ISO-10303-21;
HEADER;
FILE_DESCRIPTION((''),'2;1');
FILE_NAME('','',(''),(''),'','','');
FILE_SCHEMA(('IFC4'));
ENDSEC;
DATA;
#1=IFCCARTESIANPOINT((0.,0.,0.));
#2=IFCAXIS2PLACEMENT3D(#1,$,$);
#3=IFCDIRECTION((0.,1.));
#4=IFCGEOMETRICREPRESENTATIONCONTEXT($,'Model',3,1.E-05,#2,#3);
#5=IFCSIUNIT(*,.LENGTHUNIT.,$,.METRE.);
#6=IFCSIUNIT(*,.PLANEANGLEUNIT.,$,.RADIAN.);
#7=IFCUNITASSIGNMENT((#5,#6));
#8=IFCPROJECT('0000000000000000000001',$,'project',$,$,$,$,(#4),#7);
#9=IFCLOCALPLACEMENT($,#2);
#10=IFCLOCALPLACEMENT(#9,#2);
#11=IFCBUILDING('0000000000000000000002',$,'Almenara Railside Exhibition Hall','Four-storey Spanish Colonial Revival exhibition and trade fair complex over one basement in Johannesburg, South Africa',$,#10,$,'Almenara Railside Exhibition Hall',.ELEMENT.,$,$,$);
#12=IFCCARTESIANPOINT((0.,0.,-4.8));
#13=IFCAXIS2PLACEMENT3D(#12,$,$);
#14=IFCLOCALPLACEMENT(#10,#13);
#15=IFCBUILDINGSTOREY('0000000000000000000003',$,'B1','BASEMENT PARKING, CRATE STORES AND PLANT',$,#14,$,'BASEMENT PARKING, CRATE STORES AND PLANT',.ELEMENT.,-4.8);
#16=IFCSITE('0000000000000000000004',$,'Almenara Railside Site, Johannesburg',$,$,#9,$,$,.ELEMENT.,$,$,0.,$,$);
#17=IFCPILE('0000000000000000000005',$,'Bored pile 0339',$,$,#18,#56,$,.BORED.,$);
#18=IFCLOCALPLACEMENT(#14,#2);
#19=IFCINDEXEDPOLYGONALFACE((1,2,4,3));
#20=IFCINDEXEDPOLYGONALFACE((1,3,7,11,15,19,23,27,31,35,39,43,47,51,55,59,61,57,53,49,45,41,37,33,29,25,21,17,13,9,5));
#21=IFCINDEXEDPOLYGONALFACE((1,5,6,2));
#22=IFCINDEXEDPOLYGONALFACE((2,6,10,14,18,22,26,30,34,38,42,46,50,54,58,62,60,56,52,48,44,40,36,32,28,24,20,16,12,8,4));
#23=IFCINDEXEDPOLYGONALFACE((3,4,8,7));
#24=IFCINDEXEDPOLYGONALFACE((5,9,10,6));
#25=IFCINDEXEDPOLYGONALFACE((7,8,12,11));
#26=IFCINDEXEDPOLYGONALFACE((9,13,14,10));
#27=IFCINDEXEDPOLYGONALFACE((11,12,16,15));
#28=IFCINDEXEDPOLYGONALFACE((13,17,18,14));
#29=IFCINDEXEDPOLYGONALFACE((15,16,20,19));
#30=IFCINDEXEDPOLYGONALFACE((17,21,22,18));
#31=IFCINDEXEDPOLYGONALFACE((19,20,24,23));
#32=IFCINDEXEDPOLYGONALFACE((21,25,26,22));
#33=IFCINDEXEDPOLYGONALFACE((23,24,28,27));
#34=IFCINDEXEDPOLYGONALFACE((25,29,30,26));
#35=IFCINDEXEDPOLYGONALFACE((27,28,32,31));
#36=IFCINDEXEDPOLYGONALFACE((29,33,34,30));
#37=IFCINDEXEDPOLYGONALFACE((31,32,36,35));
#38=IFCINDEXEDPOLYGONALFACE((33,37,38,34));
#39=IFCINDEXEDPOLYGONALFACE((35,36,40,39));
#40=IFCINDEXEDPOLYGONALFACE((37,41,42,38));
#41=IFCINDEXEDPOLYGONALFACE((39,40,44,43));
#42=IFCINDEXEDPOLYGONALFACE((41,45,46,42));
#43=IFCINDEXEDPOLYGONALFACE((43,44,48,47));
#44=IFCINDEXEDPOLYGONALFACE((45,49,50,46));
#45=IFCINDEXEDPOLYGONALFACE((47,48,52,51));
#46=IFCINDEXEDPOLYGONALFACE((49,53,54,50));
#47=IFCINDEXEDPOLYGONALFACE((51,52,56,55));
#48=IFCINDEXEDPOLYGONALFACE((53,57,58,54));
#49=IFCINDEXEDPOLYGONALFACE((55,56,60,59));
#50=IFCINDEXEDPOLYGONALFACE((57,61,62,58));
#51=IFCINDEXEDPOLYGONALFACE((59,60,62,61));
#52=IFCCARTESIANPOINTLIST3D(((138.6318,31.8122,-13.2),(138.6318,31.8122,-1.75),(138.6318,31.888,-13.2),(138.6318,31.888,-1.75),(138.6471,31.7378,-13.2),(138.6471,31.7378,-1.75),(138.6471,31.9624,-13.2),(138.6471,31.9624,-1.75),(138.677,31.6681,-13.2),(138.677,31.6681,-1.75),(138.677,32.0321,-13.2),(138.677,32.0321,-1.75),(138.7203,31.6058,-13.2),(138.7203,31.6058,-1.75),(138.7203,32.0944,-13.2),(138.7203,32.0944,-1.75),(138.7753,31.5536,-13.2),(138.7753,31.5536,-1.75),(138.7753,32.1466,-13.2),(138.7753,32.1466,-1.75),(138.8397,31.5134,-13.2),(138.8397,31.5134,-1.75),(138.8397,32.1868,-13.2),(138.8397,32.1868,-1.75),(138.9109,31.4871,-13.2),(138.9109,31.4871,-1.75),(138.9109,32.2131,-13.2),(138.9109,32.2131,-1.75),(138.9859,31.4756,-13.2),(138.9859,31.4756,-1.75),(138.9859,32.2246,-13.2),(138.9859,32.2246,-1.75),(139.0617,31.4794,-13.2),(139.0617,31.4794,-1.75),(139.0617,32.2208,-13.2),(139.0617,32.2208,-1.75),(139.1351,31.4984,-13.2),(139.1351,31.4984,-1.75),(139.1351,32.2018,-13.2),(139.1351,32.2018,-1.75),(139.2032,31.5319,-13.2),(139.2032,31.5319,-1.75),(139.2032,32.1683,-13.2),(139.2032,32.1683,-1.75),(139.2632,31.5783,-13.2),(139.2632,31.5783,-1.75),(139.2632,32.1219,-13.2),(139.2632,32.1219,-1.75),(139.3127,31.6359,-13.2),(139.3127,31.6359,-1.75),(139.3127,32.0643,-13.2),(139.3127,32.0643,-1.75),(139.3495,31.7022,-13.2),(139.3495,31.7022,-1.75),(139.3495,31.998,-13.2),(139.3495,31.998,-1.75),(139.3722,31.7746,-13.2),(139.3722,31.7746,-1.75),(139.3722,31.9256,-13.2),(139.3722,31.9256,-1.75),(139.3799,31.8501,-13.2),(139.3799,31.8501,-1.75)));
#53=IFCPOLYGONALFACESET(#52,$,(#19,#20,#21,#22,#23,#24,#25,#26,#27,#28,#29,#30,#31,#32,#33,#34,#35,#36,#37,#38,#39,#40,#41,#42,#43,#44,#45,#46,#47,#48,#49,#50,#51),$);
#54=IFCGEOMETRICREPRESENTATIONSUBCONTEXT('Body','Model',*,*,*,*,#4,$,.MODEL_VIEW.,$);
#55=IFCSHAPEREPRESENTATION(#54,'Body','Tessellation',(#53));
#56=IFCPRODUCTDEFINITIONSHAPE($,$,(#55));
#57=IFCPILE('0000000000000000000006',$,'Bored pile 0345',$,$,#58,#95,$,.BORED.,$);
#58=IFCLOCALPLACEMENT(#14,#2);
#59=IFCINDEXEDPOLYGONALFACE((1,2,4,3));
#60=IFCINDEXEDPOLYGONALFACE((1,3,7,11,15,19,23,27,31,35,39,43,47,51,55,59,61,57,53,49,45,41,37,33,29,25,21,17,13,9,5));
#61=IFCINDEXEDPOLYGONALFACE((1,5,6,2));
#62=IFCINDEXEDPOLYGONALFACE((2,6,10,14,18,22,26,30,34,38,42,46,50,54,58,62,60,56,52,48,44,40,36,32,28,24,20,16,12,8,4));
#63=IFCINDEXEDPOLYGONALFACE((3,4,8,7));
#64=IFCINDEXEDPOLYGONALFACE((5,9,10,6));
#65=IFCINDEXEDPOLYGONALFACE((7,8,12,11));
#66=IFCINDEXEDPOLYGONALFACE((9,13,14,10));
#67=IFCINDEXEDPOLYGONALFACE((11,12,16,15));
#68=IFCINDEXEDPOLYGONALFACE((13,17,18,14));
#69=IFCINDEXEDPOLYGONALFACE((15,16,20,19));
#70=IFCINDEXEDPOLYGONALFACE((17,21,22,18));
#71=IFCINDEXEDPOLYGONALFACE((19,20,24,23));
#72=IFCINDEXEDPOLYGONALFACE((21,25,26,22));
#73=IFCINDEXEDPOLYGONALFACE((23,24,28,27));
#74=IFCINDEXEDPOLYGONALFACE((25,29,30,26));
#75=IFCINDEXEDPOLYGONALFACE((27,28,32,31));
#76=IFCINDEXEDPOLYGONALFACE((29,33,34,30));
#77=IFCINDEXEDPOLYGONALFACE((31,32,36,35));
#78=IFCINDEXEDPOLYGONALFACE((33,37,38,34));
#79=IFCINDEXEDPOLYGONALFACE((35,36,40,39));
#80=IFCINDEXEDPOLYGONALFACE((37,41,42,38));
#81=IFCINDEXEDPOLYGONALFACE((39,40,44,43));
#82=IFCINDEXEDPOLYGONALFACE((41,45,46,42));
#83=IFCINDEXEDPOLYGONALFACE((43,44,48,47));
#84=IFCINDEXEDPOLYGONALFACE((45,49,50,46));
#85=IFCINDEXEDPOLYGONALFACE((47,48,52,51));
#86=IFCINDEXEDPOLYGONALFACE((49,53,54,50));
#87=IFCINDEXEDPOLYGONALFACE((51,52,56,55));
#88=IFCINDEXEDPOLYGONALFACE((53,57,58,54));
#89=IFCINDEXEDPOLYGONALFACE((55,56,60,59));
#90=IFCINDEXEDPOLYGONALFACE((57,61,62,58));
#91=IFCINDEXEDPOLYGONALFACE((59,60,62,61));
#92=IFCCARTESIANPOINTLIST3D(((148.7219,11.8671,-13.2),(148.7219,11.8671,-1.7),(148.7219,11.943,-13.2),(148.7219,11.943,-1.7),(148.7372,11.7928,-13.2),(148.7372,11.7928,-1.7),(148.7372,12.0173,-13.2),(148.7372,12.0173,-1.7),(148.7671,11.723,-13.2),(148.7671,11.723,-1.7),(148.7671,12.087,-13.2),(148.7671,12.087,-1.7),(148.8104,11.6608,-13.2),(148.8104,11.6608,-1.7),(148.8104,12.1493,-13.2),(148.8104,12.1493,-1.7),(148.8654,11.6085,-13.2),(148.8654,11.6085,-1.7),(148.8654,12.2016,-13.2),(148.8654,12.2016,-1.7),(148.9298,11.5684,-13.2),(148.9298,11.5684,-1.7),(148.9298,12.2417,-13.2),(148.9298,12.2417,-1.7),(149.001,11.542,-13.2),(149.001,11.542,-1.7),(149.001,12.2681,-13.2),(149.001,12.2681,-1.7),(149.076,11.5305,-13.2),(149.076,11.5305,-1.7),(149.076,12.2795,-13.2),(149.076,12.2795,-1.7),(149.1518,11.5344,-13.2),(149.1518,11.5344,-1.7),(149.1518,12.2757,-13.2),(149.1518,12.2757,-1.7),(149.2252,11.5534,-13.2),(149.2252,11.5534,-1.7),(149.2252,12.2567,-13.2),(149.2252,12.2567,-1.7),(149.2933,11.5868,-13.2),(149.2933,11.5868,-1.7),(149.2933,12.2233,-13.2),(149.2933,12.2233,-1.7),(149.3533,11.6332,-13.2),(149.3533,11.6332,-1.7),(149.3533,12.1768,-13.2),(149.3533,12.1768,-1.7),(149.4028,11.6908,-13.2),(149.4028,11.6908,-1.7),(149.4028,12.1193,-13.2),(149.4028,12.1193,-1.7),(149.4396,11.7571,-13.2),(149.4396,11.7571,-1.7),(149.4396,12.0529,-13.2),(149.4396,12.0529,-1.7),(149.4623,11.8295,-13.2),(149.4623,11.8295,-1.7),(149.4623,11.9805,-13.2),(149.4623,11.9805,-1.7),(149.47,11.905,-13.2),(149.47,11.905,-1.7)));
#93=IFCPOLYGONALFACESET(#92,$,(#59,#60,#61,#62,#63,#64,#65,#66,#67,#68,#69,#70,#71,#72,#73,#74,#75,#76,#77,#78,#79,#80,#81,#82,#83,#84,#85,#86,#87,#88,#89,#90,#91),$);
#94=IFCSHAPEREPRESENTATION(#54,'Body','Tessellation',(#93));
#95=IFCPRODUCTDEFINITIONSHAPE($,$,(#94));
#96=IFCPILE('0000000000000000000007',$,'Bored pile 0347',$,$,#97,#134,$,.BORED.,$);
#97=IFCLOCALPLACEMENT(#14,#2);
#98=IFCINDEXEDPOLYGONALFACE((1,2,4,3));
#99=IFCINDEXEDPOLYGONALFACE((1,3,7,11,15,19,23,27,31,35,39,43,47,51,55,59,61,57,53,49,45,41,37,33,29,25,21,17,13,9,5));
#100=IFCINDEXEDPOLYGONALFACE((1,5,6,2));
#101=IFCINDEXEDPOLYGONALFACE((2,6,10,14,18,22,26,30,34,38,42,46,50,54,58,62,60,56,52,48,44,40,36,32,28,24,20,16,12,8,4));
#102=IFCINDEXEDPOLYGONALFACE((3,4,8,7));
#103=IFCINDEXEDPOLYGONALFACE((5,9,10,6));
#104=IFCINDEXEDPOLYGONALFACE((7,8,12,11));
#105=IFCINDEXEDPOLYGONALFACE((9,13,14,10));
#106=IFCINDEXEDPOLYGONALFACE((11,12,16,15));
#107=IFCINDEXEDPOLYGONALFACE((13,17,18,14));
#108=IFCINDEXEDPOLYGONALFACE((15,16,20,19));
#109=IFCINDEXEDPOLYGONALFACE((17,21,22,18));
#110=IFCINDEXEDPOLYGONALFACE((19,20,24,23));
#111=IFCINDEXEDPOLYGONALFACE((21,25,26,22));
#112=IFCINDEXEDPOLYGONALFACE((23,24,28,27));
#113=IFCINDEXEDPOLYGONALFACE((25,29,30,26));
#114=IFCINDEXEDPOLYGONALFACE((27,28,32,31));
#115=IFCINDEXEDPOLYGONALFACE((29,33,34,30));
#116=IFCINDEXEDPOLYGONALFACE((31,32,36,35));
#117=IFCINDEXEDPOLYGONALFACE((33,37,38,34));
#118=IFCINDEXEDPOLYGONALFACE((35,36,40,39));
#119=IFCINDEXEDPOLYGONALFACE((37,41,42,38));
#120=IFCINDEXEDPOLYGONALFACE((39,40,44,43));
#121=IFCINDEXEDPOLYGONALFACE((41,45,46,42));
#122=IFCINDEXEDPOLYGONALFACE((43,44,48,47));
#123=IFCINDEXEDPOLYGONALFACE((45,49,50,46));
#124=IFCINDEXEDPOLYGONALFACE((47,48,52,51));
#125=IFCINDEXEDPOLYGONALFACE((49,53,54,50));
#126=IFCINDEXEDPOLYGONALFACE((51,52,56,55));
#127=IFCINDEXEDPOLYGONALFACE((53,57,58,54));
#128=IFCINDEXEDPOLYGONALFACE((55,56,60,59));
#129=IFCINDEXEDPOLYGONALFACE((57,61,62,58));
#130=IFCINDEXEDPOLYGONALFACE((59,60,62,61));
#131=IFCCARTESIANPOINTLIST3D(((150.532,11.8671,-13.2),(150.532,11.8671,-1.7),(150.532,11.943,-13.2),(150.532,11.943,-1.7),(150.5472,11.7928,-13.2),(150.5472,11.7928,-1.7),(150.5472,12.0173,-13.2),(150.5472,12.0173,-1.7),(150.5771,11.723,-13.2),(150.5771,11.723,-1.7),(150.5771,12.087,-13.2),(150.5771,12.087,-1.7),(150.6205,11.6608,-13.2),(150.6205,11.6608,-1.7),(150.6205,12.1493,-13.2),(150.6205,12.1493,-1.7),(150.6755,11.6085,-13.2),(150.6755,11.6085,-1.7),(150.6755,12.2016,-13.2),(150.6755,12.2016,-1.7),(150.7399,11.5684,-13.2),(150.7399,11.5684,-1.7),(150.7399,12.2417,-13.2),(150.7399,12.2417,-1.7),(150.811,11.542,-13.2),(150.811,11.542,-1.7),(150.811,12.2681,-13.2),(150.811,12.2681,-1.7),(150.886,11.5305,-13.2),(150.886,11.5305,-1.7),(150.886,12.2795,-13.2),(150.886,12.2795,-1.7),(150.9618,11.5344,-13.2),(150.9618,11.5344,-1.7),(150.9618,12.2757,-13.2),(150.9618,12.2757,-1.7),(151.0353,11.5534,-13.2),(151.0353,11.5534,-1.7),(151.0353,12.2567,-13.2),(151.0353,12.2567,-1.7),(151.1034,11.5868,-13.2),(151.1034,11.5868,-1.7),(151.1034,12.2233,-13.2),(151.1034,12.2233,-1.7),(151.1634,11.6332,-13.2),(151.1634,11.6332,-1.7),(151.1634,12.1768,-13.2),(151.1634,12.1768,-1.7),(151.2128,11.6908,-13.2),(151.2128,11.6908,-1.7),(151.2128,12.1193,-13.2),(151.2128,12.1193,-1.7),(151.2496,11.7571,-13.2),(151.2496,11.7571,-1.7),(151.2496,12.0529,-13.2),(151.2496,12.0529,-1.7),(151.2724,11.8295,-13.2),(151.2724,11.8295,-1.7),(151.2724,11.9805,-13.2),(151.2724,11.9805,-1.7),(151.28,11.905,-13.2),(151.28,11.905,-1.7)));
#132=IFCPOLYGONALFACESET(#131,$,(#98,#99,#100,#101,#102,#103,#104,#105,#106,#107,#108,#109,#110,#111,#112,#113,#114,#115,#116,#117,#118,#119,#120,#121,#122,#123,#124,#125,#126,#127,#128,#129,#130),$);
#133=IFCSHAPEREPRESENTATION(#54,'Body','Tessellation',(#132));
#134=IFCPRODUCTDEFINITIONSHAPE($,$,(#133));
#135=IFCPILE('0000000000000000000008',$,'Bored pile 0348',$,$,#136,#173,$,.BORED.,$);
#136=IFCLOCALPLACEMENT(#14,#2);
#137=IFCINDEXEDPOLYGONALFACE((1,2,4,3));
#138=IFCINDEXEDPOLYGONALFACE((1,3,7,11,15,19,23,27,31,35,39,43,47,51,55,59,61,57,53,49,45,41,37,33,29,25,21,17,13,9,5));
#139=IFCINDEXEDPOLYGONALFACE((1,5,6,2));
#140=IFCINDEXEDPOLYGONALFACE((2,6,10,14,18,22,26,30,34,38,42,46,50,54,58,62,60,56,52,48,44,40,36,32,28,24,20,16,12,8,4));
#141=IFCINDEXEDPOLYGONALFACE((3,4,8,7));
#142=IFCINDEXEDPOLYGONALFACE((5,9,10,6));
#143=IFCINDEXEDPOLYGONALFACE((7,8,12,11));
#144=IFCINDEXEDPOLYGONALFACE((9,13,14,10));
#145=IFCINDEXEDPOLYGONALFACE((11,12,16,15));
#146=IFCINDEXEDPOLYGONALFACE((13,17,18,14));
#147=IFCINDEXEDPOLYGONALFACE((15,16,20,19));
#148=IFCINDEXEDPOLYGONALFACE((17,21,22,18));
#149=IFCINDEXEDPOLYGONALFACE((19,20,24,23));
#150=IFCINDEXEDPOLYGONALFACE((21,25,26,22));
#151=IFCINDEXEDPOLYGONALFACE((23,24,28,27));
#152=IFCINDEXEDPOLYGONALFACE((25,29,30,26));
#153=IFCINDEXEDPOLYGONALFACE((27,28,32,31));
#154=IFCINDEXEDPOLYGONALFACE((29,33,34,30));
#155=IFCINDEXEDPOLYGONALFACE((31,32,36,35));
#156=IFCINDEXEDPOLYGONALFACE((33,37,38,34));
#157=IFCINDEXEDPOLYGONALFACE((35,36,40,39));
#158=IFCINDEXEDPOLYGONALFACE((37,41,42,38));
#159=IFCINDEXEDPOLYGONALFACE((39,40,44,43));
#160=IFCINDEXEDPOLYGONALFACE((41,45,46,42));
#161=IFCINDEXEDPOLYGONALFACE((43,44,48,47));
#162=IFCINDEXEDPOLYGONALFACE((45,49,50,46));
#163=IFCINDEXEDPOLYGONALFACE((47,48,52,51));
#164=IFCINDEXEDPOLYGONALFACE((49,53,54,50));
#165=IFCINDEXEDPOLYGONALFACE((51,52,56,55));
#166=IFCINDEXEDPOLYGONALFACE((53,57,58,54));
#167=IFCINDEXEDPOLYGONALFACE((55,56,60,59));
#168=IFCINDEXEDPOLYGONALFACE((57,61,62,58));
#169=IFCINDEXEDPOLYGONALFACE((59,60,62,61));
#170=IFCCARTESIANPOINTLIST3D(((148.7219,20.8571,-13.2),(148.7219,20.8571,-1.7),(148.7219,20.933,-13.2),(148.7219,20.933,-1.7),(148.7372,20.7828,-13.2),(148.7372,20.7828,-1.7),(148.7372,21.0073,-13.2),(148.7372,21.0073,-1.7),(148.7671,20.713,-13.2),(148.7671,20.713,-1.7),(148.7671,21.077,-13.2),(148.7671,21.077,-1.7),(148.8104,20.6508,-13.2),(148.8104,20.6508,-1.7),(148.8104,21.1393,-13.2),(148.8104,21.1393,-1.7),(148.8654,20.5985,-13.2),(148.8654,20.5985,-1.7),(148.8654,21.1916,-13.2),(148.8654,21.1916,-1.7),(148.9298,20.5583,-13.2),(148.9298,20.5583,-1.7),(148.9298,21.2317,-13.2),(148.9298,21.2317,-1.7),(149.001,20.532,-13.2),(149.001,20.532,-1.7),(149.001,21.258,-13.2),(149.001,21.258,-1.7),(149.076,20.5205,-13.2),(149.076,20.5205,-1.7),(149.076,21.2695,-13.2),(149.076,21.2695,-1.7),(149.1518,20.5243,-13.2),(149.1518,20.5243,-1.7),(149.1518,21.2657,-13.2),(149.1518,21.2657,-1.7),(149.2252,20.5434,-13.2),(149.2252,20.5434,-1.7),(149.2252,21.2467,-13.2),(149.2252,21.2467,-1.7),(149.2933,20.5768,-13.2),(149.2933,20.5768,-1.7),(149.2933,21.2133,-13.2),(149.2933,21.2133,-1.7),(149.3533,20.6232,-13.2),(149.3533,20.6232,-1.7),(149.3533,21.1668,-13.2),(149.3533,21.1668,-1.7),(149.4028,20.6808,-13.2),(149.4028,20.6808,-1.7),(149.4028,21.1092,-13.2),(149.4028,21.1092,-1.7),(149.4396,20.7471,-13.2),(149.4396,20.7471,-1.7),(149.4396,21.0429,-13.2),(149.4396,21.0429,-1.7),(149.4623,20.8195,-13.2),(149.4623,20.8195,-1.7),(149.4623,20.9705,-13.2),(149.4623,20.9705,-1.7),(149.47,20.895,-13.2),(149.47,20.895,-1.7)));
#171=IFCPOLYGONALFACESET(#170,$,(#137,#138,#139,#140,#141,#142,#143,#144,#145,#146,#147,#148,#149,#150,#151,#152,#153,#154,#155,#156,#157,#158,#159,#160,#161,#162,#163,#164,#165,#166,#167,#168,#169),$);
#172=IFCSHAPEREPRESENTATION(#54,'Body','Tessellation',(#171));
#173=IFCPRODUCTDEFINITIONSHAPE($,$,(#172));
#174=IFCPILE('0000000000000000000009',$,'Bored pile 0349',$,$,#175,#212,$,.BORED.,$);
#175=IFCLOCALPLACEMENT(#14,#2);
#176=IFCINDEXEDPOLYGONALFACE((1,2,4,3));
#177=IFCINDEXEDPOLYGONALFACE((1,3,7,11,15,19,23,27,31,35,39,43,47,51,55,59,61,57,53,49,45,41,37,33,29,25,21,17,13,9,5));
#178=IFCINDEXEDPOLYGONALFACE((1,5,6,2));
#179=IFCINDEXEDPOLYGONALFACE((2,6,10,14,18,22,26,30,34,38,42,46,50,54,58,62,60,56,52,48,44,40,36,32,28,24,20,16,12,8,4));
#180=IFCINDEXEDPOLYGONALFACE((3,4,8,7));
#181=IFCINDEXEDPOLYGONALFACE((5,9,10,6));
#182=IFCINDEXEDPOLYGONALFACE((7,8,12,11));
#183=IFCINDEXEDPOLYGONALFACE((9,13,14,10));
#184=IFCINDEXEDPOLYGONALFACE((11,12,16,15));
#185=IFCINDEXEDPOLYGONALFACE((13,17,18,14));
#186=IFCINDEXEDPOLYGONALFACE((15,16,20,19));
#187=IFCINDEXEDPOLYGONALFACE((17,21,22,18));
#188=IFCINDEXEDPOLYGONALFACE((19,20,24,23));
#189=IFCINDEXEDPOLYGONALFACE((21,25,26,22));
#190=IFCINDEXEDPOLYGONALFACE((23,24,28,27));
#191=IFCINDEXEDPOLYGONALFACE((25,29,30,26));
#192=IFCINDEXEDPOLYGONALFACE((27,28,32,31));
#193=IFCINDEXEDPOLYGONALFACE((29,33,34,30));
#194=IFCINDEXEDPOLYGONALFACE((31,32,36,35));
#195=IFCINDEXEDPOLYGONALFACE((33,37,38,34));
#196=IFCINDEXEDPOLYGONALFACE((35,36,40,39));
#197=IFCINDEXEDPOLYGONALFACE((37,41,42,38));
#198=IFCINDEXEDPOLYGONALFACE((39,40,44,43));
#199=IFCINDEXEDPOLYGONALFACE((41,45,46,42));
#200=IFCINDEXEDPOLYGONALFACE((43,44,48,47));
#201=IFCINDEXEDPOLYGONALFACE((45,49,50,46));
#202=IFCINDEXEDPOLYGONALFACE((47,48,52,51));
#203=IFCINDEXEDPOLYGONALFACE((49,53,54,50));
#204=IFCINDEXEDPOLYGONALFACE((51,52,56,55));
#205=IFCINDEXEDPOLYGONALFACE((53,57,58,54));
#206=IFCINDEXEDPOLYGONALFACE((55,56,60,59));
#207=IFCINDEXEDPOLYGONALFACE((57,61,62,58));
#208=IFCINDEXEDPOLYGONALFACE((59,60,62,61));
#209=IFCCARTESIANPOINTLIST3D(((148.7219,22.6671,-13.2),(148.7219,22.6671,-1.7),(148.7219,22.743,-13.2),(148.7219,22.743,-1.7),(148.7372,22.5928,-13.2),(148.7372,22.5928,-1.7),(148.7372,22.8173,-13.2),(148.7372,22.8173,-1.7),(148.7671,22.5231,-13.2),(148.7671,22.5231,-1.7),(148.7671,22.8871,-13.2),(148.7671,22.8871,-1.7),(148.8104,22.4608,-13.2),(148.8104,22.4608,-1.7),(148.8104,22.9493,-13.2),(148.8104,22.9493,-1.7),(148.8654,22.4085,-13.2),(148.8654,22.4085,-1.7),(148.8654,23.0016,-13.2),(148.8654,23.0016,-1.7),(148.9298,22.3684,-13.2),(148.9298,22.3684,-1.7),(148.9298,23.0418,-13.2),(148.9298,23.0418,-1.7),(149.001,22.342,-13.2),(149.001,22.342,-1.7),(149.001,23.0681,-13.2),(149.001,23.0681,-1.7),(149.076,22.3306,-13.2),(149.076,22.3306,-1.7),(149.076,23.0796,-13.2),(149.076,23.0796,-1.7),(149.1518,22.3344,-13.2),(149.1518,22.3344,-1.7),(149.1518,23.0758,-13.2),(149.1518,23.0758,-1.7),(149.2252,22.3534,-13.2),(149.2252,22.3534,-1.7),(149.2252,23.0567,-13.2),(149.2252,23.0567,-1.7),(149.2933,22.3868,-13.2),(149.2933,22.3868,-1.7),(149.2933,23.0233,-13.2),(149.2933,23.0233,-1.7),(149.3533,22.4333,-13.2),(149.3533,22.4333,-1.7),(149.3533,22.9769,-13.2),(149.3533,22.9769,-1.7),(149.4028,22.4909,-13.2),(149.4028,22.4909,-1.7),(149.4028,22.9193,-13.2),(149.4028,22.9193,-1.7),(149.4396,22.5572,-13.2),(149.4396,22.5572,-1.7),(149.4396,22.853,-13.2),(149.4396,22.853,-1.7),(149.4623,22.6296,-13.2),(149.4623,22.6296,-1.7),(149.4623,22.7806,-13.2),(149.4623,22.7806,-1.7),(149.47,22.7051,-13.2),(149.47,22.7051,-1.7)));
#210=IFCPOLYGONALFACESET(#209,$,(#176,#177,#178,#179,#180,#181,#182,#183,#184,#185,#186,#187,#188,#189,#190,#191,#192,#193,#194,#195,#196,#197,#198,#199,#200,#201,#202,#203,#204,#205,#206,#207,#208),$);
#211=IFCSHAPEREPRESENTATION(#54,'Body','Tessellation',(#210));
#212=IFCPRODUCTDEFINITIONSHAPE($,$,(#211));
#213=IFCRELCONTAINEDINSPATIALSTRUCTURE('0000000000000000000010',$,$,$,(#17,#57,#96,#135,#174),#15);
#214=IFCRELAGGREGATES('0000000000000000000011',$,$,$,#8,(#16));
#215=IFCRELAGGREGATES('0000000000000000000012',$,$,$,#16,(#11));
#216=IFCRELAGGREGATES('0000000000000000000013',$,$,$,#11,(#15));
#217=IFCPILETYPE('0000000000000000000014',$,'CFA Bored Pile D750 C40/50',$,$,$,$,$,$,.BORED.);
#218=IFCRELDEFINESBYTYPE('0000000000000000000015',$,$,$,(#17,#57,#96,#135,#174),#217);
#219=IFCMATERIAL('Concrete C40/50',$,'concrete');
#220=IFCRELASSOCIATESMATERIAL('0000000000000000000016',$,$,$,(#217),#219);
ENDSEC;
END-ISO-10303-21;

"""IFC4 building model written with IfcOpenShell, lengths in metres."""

from ifc_helpers import new_model, si_unit, direction, frame, origin, origin_2d, place, context, subcontext, project, spatial, circle, extrude, material, material_profile, profile_set, type_object, element, save


model = new_model("IFC4")

# Units and contexts
model_context = context("Model", 3, precision=1e-05, world=origin(), true_north=direction((0.0, 1.0)))
body_context = subcontext(model_context, "Body", "Model", "MODEL_VIEW")
ifc_project = project(units=[si_unit("LENGTHUNIT", "METRE"), si_unit("PLANEANGLEUNIT", "RADIAN")], contexts=[model_context])

# Site, building, storey
site_placement = place(None, origin())
site = spatial("IfcSite", under=ifc_project, at=site_placement, Name="Almenara Railside Site, Johannesburg", CompositionType="ELEMENT", RefElevation=0.0)
building_placement = place(site_placement, origin())
building = spatial("IfcBuilding", under=site, at=building_placement, Name="Almenara Railside Exhibition Hall", Description="Four-storey Spanish Colonial Revival exhibition and trade fair complex over one basement in Johannesburg, South Africa", LongName="Almenara Railside Exhibition Hall", CompositionType="ELEMENT")
storey_placement = place(building_placement, frame((0.0, 0.0, -4.8)))
storey = spatial("IfcBuildingStorey", under=building, at=storey_placement, Name="B1", Description="BASEMENT PARKING, CRATE STORES AND PLANT", LongName="BASEMENT PARKING, CRATE STORES AND PLANT", CompositionType="ELEMENT", Elevation=-4.8)

# Piles
ifc_material_1 = material(Name="Concrete C40/50", Category="concrete")
ifc_material_profile_1 = material_profile(ifc_material_1, circle(Radius=0.375, at=origin_2d()), Name="CFA-PILE D750")
ifc_profile_set_1 = profile_set([ifc_material_profile_1], Name="Concrete C40/50")
pile_type = type_object("IfcPileType", Name="CFA Bored Pile D750 C40/50", PredefinedType="BORED", material=ifc_profile_set_1)
pile_1_placement = place(storey_placement, frame((139.0049, 31.8501, -1.75), z_axis=(0.0, 0.0, -1.0), x_axis=(1.0, 0.0, 0.0)))
element("IfcPile", 1, at=pile_1_placement, inside=storey, type_object=pile_type, Name="Bored pile 0339", PredefinedType="BORED", context=body_context, shape_type="SweptSolid", body=[
    extrude(circle(Radius=0.375, at=origin_2d()), origin(), (0.0, 0.0, 1.0), 11.45),
])
for number, where, z_axis, x_axis, name in (
    (2, (149.095, 11.905, -1.7), (0.0, 0.0, -1.0), (1.0, 0.0, 0.0), "Bored pile 0345"),
    (3, (150.905, 11.905, -1.7), (0.0, 0.0, -1.0), (1.0, 0.0, 0.0), "Bored pile 0347"),
    (4, (149.095, 20.895, -1.7), (0.0, 0.0, -1.0), (1.0, 0.0, 0.0), "Bored pile 0348"),
    (5, (149.095, 22.7051, -1.7), (0.0, 0.0, -1.0), (1.0, 0.0, 0.0), "Bored pile 0349"),
):
    element("IfcPile", number, at=place(storey_placement, frame(where, z_axis=z_axis, x_axis=x_axis)), inside=storey, type_object=pile_type, Name=name, PredefinedType="BORED", context=body_context, shape_type="SweptSolid", body=[
        extrude(circle(Radius=0.375, at=origin_2d()), origin(), (0.0, 0.0, 1.0), 11.5),
    ])

save(model, "model.ifc")
